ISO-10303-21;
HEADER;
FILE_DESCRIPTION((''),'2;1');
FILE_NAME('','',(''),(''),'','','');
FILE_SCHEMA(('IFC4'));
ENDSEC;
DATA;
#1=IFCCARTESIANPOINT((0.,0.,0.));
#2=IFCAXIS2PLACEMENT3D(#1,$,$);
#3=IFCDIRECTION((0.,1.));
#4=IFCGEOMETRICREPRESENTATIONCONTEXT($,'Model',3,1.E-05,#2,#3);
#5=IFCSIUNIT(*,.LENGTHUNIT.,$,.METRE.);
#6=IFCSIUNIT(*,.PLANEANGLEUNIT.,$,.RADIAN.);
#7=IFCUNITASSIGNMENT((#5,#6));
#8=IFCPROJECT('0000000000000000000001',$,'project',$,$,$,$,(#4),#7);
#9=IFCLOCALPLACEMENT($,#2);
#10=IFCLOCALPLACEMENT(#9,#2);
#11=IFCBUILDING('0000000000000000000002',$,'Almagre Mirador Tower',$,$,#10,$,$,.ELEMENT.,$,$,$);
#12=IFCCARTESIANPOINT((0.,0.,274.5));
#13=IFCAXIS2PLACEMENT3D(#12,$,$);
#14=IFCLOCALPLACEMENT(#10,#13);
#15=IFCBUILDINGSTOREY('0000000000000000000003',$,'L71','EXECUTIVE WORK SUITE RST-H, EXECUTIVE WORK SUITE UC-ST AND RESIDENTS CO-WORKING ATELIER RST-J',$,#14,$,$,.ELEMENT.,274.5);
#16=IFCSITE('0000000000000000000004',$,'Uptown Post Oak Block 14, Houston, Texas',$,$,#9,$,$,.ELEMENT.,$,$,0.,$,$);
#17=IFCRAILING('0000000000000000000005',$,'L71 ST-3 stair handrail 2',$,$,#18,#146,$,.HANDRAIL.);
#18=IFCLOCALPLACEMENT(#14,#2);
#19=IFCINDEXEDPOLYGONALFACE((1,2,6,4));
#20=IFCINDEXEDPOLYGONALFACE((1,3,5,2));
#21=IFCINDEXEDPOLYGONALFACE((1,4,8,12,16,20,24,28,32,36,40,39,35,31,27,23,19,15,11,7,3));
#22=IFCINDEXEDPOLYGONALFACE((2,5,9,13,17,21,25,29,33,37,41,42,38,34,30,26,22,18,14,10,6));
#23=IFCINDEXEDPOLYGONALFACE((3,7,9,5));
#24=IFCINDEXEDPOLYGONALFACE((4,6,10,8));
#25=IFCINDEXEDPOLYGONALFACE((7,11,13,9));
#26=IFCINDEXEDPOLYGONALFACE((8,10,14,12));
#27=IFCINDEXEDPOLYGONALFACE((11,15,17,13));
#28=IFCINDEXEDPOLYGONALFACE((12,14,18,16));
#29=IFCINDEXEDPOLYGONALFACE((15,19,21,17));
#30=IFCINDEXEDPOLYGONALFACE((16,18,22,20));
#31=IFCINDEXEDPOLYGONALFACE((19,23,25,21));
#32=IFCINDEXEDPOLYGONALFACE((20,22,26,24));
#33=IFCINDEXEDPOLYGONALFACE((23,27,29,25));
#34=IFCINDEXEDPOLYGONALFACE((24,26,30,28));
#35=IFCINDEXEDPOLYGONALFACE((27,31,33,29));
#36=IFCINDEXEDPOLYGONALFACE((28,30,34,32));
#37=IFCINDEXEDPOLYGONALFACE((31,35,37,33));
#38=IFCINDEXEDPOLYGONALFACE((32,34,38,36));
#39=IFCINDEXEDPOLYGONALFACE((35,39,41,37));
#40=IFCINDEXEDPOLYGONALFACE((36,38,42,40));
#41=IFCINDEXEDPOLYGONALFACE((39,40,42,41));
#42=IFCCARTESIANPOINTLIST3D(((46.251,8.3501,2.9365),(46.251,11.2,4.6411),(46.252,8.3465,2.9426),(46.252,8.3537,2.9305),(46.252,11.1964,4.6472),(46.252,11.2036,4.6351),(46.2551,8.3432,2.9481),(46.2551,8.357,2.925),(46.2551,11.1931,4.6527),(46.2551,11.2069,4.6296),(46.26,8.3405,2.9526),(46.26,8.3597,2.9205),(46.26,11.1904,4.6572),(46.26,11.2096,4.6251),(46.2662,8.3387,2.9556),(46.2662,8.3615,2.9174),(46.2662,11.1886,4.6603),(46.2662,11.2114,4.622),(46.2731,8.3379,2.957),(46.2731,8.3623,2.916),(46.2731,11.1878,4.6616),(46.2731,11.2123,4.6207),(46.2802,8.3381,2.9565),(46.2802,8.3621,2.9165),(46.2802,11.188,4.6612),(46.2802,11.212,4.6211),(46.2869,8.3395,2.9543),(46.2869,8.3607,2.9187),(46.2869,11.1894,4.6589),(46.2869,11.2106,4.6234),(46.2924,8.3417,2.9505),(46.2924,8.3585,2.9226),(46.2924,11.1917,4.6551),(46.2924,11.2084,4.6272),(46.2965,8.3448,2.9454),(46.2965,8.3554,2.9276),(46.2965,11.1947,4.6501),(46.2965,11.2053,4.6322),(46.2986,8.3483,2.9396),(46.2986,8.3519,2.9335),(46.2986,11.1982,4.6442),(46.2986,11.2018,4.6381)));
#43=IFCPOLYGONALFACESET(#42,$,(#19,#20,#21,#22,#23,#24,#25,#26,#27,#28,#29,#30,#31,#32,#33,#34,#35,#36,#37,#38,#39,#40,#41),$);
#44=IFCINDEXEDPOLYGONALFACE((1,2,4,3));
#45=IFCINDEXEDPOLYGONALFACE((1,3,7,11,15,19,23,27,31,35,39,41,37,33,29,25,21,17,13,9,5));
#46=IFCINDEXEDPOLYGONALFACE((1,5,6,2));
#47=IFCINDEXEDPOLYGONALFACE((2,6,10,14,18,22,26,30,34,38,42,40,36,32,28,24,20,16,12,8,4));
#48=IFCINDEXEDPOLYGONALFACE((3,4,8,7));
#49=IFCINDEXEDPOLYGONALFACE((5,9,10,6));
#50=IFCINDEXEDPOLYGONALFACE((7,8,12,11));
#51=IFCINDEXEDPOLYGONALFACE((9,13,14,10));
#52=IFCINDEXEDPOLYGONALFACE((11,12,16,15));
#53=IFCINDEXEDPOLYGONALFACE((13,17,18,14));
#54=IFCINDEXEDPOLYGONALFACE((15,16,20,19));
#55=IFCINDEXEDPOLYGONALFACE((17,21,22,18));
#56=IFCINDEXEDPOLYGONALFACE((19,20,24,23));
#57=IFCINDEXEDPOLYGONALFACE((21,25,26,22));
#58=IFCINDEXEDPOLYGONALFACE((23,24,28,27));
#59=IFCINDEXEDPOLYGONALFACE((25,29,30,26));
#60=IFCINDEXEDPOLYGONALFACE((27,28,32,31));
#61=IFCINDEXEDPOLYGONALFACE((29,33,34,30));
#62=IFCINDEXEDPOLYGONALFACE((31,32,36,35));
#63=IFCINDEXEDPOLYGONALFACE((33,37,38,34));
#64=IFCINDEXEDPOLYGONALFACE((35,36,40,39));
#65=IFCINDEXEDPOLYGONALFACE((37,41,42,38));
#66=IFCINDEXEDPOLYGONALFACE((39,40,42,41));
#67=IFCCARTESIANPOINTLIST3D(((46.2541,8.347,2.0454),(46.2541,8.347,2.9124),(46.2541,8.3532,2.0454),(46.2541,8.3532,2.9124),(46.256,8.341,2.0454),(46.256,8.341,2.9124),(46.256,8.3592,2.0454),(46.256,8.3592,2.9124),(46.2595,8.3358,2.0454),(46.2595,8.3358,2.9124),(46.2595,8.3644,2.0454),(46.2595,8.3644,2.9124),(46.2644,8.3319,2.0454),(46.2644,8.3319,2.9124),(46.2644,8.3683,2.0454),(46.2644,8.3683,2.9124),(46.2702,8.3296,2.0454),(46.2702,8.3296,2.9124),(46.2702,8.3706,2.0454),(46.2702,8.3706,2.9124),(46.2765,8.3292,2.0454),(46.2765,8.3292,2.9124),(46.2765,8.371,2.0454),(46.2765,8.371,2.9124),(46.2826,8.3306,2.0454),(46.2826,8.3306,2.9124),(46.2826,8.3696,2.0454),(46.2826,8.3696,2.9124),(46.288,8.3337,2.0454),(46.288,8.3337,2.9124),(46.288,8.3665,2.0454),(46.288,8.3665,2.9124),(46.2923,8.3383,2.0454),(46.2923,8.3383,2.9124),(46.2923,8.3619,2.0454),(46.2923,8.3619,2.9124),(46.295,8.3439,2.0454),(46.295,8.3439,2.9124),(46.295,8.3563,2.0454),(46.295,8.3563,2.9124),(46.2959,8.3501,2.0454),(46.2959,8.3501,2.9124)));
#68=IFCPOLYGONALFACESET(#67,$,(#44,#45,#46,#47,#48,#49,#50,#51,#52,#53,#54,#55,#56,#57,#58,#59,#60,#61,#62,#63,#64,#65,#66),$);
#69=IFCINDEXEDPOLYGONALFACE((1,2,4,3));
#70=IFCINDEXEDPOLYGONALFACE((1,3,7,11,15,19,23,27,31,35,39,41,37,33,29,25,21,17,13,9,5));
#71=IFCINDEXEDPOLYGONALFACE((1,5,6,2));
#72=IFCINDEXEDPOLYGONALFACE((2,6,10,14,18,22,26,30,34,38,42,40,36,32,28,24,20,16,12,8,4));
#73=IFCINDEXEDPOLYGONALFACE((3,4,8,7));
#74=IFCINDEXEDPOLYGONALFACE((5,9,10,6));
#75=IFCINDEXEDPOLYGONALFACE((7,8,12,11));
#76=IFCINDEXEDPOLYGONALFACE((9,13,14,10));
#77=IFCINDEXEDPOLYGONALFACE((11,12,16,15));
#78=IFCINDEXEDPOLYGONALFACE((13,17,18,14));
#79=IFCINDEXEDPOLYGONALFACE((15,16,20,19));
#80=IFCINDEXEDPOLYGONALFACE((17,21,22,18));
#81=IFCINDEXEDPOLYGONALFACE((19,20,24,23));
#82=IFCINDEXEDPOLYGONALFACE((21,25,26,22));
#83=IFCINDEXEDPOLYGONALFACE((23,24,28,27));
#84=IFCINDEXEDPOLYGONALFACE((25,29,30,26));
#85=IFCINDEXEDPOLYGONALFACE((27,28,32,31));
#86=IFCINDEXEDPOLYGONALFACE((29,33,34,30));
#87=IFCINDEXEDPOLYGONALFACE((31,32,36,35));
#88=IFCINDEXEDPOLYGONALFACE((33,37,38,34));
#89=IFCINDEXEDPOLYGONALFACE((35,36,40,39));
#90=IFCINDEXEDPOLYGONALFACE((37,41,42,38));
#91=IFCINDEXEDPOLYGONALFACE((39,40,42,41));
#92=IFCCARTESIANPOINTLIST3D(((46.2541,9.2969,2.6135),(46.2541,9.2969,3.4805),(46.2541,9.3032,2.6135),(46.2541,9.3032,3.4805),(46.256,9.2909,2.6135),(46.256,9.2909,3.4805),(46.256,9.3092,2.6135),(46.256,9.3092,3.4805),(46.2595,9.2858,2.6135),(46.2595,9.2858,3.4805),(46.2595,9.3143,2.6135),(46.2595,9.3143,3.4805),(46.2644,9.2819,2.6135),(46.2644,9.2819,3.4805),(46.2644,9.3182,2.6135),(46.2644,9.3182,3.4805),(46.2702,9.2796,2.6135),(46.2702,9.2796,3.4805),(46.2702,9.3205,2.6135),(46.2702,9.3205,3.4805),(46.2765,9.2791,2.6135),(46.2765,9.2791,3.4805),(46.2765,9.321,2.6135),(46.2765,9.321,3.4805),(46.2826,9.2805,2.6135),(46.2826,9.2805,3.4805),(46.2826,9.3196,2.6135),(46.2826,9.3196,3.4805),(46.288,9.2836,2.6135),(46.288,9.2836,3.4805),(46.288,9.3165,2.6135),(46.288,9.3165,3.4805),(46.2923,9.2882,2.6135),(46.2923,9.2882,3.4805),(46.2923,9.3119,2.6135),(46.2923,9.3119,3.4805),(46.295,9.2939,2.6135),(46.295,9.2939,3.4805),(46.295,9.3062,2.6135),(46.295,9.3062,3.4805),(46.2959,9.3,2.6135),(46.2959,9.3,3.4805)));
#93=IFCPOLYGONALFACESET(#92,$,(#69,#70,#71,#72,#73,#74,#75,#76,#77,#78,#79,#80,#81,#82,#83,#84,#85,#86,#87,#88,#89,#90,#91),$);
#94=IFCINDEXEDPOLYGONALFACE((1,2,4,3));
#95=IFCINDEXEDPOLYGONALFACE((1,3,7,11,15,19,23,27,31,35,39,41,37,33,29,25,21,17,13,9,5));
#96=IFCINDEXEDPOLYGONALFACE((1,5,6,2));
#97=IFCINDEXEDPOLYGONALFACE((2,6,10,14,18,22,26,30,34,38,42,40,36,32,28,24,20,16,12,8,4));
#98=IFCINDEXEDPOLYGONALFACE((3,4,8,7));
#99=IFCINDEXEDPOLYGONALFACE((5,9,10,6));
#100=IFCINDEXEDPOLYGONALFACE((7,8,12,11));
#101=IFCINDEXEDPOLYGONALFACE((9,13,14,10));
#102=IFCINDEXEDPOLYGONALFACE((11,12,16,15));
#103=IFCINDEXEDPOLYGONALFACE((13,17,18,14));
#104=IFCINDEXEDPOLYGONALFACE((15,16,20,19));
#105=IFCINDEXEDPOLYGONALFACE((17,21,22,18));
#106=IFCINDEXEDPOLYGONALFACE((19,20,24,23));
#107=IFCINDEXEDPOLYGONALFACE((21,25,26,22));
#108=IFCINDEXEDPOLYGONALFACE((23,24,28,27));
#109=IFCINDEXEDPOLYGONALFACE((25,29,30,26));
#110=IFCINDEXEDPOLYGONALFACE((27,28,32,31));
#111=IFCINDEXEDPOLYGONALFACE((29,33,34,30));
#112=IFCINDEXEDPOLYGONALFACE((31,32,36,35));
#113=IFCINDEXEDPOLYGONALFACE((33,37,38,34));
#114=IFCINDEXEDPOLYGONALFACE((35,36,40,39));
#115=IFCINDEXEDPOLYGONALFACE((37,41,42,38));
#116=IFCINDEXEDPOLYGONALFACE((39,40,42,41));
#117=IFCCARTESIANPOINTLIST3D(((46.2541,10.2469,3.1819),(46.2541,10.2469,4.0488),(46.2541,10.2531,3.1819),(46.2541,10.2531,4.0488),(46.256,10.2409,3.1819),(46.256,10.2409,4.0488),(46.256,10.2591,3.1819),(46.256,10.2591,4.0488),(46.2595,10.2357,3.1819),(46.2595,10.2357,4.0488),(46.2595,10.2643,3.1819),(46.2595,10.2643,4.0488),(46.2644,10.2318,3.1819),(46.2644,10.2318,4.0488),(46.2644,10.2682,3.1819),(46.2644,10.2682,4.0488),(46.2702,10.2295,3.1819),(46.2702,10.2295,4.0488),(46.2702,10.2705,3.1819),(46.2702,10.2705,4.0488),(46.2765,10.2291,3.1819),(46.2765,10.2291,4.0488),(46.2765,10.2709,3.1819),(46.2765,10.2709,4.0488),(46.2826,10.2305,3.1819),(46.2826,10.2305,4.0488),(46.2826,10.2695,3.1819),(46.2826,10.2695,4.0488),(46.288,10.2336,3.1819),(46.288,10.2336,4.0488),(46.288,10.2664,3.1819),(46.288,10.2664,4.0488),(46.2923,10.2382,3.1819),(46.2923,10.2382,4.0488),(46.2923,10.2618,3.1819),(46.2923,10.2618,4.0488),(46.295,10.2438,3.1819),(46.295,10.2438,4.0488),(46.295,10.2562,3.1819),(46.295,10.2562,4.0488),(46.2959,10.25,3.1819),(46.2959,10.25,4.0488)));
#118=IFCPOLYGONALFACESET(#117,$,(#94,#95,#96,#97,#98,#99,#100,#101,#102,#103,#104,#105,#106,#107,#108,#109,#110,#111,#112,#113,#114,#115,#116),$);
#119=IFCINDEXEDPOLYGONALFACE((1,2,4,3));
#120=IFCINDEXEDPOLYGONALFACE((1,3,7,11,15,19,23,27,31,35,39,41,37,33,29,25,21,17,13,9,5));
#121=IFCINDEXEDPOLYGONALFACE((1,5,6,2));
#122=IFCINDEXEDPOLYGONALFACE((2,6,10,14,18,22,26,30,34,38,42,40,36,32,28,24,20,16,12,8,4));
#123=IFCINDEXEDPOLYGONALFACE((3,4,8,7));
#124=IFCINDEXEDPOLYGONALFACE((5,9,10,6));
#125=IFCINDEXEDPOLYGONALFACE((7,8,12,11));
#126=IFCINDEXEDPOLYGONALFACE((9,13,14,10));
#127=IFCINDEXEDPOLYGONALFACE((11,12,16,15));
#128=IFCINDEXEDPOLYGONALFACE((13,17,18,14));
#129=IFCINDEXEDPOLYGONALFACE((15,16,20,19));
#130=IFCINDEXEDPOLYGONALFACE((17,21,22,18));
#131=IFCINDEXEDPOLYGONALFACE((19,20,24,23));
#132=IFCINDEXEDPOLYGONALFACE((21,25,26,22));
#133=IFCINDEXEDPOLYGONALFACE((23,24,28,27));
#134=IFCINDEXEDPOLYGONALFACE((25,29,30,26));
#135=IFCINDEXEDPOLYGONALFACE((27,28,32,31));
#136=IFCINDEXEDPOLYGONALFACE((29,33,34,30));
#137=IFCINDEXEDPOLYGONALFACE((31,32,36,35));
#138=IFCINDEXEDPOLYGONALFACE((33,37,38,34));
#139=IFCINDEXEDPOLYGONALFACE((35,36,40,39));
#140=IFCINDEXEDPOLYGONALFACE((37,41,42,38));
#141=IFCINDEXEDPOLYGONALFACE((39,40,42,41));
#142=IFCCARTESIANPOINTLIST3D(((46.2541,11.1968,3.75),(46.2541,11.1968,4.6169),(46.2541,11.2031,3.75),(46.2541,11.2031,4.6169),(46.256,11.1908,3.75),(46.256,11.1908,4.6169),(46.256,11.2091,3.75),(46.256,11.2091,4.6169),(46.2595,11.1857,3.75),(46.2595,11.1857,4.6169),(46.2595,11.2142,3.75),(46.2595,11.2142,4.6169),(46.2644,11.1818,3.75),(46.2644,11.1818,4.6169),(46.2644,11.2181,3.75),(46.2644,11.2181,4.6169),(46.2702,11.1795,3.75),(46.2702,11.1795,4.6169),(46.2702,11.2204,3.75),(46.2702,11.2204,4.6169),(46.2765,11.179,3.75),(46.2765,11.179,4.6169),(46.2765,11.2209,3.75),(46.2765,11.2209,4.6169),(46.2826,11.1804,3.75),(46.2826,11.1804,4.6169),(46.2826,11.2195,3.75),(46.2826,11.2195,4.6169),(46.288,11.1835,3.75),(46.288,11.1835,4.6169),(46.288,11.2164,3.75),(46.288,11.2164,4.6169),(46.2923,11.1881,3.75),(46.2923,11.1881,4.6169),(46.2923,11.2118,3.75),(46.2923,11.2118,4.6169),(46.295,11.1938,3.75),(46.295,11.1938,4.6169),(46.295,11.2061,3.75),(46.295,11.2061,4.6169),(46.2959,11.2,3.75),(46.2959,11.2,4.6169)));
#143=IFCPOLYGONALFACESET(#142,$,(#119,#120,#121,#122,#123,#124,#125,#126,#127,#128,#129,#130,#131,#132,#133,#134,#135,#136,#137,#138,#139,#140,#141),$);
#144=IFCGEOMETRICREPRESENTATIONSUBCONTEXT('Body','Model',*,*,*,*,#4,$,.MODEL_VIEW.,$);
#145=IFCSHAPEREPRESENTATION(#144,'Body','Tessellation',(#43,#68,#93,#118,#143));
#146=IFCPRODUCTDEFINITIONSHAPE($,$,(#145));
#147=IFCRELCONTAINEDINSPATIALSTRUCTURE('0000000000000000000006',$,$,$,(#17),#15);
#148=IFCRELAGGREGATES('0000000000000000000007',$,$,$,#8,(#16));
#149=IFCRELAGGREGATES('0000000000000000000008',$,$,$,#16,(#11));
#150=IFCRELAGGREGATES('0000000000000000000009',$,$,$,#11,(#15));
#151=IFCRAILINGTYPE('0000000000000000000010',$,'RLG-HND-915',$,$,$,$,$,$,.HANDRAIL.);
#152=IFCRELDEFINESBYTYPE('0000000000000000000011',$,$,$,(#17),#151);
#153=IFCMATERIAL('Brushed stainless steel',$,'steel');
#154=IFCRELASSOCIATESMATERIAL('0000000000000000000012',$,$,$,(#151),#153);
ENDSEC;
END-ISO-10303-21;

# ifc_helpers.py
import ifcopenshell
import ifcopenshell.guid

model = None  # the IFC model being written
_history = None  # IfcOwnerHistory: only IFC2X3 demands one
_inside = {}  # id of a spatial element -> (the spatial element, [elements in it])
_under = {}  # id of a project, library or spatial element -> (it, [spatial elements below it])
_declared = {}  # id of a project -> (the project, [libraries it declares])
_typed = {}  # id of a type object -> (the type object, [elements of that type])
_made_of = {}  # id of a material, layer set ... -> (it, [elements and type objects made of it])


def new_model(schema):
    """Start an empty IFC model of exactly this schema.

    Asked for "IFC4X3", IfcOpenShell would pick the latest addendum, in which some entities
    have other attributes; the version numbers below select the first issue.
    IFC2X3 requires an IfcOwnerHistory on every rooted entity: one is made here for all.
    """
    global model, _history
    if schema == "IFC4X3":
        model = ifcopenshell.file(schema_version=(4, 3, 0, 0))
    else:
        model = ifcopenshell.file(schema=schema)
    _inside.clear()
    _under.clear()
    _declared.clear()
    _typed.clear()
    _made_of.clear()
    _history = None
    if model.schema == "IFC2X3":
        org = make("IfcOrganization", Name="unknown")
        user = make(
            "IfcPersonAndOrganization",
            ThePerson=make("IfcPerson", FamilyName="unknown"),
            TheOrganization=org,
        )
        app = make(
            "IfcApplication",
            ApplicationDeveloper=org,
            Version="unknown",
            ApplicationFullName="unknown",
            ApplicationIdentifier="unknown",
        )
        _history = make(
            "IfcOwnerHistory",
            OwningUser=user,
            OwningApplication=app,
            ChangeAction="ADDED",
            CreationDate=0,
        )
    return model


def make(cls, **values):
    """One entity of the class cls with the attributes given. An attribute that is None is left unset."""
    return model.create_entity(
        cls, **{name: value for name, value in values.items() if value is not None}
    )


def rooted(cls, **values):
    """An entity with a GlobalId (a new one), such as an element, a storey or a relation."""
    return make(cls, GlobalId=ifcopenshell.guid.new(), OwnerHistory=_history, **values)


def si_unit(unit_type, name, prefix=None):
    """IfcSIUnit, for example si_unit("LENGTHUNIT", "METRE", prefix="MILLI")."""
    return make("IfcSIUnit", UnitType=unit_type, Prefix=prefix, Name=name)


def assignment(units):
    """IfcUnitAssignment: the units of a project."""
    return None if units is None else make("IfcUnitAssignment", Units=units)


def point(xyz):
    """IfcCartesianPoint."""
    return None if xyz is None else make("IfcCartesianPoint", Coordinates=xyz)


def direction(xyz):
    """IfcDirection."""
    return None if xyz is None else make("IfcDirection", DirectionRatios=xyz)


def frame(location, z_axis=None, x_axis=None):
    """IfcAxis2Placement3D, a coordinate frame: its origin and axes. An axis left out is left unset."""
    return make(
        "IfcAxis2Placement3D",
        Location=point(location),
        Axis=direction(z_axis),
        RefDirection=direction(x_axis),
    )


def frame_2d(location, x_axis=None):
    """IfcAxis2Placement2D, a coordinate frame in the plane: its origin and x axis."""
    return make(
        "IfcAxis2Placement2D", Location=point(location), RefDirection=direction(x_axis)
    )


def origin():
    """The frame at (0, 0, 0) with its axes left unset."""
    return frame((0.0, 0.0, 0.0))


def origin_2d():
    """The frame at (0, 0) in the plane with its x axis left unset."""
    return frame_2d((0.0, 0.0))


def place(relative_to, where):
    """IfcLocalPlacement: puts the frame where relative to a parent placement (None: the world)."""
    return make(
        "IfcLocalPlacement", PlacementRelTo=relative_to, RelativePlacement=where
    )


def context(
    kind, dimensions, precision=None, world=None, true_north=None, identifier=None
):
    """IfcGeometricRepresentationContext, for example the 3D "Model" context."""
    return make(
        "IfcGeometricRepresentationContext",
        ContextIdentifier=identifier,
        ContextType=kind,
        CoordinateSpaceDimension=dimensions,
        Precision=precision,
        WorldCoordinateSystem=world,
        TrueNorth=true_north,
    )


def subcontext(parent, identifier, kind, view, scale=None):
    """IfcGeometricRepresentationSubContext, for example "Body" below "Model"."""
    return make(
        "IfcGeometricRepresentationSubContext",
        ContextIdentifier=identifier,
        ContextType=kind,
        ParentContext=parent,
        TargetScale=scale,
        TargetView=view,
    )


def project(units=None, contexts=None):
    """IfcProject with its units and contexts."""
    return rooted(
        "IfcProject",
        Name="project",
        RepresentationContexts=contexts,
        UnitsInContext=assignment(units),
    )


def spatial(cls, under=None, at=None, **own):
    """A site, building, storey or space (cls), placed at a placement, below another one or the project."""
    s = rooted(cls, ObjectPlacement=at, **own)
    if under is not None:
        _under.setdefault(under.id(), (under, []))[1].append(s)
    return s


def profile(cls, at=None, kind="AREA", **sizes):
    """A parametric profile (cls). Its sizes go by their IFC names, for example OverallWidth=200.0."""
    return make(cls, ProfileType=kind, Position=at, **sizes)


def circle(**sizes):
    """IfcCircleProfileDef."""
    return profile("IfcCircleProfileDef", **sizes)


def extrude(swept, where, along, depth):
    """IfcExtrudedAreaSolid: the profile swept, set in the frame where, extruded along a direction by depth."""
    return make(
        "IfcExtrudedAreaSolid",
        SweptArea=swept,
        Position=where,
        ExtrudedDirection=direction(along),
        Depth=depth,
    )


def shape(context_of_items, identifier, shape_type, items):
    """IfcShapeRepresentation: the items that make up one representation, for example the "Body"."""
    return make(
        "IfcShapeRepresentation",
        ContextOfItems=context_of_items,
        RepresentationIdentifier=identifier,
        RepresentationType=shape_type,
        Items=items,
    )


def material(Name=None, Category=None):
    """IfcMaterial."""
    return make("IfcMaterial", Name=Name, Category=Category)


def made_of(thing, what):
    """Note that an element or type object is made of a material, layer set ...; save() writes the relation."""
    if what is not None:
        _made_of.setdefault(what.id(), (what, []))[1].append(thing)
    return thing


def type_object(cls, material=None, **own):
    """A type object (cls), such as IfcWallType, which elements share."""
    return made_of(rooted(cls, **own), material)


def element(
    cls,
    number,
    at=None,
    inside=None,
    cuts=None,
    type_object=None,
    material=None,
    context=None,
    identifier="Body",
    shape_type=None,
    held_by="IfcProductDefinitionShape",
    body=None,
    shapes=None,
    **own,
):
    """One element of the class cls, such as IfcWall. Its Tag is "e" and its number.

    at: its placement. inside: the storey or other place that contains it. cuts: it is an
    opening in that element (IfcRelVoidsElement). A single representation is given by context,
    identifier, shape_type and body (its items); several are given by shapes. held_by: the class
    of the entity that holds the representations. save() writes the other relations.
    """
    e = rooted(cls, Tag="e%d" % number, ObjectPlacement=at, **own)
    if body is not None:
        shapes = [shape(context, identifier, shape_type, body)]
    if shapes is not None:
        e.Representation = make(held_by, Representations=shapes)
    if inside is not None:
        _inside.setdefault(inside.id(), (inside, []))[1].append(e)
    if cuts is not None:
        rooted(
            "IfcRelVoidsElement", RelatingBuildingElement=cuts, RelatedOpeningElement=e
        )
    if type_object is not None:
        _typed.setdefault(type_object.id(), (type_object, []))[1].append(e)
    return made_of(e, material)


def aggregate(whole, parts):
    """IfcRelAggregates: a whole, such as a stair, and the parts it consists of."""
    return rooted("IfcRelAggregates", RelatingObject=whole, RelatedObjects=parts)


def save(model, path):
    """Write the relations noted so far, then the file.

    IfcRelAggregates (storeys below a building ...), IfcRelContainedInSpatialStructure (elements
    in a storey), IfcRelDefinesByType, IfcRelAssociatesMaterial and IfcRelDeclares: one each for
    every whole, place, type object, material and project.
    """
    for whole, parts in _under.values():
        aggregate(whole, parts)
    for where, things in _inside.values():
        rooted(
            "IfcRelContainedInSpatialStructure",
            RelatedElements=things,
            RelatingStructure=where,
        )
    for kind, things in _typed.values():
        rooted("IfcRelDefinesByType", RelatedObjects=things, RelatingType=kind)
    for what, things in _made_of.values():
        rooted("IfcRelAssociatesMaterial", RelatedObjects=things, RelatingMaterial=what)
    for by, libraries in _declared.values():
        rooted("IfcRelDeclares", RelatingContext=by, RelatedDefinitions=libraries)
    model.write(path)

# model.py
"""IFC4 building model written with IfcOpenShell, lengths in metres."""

from ifc_helpers import new_model, si_unit, direction, frame, origin, origin_2d, place, context, subcontext, project, spatial, circle, extrude, material, type_object, element, save


model = new_model("IFC4")

# Units and contexts
model_context = context("Model", 3, precision=1e-05, world=origin(), true_north=direction((0.0, 1.0)))
body_context = subcontext(model_context, "Body", "Model", "MODEL_VIEW")
ifc_project = project(units=[si_unit("LENGTHUNIT", "METRE"), si_unit("PLANEANGLEUNIT", "RADIAN")], contexts=[model_context])

# Site, building, storey
site_placement = place(None, origin())
site = spatial("IfcSite", under=ifc_project, at=site_placement, Name="Uptown Post Oak Block 14, Houston, Texas", CompositionType="ELEMENT", RefElevation=0.0)
building_placement = place(site_placement, origin())
building = spatial("IfcBuilding", under=site, at=building_placement, Name="Almagre Mirador Tower", CompositionType="ELEMENT")
storey_placement = place(building_placement, frame((0.0, 0.0, 274.5)))
storey = spatial("IfcBuildingStorey", under=building, at=storey_placement, Name="L71", Description="EXECUTIVE WORK SUITE RST-H, EXECUTIVE WORK SUITE UC-ST AND RESIDENTS CO-WORKING ATELIER RST-J", CompositionType="ELEMENT", Elevation=274.5)

# Railing
ifc_material_1 = material(Name="Brushed stainless steel", Category="steel")
railing_type_1 = type_object("IfcRailingType", Name="RLG-HND-915", PredefinedType="HANDRAIL", material=ifc_material_1)
railing_1_placement = place(storey_placement, frame((46.2749, 8.3501, 2.0454)))
element("IfcRailing", 1, at=railing_1_placement, inside=storey, type_object=railing_type_1, Name="L71 ST-3 stair handrail 2", PredefinedType="HANDRAIL", context=body_context, shape_type="SweptSolid", body=[
    extrude(circle(Radius=0.0239, at=origin_2d()), frame((0.0, 0.0, 0.8911), z_axis=(0.0, 0.858199, 0.513317), x_axis=(-1.0, 0.0, 0.0)), (0.0, 0.0, 1.0), 3.3208),
    extrude(circle(Radius=0.021, at=origin_2d()), origin(), (0.0, 0.0, 1.0), 0.8669),
    extrude(circle(Radius=0.021, at=origin_2d()), frame((0.0, 0.95, 0.5681)), (0.0, 0.0, 1.0), 0.8669),
    extrude(circle(Radius=0.021, at=origin_2d()), frame((0.0, 1.8999, 1.1365)), (0.0, 0.0, 1.0), 0.8669),
    extrude(circle(Radius=0.021, at=origin_2d()), frame((0.0, 2.8499, 1.7046)), (0.0, 0.0, 1.0), 0.8669),
])

save(model, "model.ifc")
